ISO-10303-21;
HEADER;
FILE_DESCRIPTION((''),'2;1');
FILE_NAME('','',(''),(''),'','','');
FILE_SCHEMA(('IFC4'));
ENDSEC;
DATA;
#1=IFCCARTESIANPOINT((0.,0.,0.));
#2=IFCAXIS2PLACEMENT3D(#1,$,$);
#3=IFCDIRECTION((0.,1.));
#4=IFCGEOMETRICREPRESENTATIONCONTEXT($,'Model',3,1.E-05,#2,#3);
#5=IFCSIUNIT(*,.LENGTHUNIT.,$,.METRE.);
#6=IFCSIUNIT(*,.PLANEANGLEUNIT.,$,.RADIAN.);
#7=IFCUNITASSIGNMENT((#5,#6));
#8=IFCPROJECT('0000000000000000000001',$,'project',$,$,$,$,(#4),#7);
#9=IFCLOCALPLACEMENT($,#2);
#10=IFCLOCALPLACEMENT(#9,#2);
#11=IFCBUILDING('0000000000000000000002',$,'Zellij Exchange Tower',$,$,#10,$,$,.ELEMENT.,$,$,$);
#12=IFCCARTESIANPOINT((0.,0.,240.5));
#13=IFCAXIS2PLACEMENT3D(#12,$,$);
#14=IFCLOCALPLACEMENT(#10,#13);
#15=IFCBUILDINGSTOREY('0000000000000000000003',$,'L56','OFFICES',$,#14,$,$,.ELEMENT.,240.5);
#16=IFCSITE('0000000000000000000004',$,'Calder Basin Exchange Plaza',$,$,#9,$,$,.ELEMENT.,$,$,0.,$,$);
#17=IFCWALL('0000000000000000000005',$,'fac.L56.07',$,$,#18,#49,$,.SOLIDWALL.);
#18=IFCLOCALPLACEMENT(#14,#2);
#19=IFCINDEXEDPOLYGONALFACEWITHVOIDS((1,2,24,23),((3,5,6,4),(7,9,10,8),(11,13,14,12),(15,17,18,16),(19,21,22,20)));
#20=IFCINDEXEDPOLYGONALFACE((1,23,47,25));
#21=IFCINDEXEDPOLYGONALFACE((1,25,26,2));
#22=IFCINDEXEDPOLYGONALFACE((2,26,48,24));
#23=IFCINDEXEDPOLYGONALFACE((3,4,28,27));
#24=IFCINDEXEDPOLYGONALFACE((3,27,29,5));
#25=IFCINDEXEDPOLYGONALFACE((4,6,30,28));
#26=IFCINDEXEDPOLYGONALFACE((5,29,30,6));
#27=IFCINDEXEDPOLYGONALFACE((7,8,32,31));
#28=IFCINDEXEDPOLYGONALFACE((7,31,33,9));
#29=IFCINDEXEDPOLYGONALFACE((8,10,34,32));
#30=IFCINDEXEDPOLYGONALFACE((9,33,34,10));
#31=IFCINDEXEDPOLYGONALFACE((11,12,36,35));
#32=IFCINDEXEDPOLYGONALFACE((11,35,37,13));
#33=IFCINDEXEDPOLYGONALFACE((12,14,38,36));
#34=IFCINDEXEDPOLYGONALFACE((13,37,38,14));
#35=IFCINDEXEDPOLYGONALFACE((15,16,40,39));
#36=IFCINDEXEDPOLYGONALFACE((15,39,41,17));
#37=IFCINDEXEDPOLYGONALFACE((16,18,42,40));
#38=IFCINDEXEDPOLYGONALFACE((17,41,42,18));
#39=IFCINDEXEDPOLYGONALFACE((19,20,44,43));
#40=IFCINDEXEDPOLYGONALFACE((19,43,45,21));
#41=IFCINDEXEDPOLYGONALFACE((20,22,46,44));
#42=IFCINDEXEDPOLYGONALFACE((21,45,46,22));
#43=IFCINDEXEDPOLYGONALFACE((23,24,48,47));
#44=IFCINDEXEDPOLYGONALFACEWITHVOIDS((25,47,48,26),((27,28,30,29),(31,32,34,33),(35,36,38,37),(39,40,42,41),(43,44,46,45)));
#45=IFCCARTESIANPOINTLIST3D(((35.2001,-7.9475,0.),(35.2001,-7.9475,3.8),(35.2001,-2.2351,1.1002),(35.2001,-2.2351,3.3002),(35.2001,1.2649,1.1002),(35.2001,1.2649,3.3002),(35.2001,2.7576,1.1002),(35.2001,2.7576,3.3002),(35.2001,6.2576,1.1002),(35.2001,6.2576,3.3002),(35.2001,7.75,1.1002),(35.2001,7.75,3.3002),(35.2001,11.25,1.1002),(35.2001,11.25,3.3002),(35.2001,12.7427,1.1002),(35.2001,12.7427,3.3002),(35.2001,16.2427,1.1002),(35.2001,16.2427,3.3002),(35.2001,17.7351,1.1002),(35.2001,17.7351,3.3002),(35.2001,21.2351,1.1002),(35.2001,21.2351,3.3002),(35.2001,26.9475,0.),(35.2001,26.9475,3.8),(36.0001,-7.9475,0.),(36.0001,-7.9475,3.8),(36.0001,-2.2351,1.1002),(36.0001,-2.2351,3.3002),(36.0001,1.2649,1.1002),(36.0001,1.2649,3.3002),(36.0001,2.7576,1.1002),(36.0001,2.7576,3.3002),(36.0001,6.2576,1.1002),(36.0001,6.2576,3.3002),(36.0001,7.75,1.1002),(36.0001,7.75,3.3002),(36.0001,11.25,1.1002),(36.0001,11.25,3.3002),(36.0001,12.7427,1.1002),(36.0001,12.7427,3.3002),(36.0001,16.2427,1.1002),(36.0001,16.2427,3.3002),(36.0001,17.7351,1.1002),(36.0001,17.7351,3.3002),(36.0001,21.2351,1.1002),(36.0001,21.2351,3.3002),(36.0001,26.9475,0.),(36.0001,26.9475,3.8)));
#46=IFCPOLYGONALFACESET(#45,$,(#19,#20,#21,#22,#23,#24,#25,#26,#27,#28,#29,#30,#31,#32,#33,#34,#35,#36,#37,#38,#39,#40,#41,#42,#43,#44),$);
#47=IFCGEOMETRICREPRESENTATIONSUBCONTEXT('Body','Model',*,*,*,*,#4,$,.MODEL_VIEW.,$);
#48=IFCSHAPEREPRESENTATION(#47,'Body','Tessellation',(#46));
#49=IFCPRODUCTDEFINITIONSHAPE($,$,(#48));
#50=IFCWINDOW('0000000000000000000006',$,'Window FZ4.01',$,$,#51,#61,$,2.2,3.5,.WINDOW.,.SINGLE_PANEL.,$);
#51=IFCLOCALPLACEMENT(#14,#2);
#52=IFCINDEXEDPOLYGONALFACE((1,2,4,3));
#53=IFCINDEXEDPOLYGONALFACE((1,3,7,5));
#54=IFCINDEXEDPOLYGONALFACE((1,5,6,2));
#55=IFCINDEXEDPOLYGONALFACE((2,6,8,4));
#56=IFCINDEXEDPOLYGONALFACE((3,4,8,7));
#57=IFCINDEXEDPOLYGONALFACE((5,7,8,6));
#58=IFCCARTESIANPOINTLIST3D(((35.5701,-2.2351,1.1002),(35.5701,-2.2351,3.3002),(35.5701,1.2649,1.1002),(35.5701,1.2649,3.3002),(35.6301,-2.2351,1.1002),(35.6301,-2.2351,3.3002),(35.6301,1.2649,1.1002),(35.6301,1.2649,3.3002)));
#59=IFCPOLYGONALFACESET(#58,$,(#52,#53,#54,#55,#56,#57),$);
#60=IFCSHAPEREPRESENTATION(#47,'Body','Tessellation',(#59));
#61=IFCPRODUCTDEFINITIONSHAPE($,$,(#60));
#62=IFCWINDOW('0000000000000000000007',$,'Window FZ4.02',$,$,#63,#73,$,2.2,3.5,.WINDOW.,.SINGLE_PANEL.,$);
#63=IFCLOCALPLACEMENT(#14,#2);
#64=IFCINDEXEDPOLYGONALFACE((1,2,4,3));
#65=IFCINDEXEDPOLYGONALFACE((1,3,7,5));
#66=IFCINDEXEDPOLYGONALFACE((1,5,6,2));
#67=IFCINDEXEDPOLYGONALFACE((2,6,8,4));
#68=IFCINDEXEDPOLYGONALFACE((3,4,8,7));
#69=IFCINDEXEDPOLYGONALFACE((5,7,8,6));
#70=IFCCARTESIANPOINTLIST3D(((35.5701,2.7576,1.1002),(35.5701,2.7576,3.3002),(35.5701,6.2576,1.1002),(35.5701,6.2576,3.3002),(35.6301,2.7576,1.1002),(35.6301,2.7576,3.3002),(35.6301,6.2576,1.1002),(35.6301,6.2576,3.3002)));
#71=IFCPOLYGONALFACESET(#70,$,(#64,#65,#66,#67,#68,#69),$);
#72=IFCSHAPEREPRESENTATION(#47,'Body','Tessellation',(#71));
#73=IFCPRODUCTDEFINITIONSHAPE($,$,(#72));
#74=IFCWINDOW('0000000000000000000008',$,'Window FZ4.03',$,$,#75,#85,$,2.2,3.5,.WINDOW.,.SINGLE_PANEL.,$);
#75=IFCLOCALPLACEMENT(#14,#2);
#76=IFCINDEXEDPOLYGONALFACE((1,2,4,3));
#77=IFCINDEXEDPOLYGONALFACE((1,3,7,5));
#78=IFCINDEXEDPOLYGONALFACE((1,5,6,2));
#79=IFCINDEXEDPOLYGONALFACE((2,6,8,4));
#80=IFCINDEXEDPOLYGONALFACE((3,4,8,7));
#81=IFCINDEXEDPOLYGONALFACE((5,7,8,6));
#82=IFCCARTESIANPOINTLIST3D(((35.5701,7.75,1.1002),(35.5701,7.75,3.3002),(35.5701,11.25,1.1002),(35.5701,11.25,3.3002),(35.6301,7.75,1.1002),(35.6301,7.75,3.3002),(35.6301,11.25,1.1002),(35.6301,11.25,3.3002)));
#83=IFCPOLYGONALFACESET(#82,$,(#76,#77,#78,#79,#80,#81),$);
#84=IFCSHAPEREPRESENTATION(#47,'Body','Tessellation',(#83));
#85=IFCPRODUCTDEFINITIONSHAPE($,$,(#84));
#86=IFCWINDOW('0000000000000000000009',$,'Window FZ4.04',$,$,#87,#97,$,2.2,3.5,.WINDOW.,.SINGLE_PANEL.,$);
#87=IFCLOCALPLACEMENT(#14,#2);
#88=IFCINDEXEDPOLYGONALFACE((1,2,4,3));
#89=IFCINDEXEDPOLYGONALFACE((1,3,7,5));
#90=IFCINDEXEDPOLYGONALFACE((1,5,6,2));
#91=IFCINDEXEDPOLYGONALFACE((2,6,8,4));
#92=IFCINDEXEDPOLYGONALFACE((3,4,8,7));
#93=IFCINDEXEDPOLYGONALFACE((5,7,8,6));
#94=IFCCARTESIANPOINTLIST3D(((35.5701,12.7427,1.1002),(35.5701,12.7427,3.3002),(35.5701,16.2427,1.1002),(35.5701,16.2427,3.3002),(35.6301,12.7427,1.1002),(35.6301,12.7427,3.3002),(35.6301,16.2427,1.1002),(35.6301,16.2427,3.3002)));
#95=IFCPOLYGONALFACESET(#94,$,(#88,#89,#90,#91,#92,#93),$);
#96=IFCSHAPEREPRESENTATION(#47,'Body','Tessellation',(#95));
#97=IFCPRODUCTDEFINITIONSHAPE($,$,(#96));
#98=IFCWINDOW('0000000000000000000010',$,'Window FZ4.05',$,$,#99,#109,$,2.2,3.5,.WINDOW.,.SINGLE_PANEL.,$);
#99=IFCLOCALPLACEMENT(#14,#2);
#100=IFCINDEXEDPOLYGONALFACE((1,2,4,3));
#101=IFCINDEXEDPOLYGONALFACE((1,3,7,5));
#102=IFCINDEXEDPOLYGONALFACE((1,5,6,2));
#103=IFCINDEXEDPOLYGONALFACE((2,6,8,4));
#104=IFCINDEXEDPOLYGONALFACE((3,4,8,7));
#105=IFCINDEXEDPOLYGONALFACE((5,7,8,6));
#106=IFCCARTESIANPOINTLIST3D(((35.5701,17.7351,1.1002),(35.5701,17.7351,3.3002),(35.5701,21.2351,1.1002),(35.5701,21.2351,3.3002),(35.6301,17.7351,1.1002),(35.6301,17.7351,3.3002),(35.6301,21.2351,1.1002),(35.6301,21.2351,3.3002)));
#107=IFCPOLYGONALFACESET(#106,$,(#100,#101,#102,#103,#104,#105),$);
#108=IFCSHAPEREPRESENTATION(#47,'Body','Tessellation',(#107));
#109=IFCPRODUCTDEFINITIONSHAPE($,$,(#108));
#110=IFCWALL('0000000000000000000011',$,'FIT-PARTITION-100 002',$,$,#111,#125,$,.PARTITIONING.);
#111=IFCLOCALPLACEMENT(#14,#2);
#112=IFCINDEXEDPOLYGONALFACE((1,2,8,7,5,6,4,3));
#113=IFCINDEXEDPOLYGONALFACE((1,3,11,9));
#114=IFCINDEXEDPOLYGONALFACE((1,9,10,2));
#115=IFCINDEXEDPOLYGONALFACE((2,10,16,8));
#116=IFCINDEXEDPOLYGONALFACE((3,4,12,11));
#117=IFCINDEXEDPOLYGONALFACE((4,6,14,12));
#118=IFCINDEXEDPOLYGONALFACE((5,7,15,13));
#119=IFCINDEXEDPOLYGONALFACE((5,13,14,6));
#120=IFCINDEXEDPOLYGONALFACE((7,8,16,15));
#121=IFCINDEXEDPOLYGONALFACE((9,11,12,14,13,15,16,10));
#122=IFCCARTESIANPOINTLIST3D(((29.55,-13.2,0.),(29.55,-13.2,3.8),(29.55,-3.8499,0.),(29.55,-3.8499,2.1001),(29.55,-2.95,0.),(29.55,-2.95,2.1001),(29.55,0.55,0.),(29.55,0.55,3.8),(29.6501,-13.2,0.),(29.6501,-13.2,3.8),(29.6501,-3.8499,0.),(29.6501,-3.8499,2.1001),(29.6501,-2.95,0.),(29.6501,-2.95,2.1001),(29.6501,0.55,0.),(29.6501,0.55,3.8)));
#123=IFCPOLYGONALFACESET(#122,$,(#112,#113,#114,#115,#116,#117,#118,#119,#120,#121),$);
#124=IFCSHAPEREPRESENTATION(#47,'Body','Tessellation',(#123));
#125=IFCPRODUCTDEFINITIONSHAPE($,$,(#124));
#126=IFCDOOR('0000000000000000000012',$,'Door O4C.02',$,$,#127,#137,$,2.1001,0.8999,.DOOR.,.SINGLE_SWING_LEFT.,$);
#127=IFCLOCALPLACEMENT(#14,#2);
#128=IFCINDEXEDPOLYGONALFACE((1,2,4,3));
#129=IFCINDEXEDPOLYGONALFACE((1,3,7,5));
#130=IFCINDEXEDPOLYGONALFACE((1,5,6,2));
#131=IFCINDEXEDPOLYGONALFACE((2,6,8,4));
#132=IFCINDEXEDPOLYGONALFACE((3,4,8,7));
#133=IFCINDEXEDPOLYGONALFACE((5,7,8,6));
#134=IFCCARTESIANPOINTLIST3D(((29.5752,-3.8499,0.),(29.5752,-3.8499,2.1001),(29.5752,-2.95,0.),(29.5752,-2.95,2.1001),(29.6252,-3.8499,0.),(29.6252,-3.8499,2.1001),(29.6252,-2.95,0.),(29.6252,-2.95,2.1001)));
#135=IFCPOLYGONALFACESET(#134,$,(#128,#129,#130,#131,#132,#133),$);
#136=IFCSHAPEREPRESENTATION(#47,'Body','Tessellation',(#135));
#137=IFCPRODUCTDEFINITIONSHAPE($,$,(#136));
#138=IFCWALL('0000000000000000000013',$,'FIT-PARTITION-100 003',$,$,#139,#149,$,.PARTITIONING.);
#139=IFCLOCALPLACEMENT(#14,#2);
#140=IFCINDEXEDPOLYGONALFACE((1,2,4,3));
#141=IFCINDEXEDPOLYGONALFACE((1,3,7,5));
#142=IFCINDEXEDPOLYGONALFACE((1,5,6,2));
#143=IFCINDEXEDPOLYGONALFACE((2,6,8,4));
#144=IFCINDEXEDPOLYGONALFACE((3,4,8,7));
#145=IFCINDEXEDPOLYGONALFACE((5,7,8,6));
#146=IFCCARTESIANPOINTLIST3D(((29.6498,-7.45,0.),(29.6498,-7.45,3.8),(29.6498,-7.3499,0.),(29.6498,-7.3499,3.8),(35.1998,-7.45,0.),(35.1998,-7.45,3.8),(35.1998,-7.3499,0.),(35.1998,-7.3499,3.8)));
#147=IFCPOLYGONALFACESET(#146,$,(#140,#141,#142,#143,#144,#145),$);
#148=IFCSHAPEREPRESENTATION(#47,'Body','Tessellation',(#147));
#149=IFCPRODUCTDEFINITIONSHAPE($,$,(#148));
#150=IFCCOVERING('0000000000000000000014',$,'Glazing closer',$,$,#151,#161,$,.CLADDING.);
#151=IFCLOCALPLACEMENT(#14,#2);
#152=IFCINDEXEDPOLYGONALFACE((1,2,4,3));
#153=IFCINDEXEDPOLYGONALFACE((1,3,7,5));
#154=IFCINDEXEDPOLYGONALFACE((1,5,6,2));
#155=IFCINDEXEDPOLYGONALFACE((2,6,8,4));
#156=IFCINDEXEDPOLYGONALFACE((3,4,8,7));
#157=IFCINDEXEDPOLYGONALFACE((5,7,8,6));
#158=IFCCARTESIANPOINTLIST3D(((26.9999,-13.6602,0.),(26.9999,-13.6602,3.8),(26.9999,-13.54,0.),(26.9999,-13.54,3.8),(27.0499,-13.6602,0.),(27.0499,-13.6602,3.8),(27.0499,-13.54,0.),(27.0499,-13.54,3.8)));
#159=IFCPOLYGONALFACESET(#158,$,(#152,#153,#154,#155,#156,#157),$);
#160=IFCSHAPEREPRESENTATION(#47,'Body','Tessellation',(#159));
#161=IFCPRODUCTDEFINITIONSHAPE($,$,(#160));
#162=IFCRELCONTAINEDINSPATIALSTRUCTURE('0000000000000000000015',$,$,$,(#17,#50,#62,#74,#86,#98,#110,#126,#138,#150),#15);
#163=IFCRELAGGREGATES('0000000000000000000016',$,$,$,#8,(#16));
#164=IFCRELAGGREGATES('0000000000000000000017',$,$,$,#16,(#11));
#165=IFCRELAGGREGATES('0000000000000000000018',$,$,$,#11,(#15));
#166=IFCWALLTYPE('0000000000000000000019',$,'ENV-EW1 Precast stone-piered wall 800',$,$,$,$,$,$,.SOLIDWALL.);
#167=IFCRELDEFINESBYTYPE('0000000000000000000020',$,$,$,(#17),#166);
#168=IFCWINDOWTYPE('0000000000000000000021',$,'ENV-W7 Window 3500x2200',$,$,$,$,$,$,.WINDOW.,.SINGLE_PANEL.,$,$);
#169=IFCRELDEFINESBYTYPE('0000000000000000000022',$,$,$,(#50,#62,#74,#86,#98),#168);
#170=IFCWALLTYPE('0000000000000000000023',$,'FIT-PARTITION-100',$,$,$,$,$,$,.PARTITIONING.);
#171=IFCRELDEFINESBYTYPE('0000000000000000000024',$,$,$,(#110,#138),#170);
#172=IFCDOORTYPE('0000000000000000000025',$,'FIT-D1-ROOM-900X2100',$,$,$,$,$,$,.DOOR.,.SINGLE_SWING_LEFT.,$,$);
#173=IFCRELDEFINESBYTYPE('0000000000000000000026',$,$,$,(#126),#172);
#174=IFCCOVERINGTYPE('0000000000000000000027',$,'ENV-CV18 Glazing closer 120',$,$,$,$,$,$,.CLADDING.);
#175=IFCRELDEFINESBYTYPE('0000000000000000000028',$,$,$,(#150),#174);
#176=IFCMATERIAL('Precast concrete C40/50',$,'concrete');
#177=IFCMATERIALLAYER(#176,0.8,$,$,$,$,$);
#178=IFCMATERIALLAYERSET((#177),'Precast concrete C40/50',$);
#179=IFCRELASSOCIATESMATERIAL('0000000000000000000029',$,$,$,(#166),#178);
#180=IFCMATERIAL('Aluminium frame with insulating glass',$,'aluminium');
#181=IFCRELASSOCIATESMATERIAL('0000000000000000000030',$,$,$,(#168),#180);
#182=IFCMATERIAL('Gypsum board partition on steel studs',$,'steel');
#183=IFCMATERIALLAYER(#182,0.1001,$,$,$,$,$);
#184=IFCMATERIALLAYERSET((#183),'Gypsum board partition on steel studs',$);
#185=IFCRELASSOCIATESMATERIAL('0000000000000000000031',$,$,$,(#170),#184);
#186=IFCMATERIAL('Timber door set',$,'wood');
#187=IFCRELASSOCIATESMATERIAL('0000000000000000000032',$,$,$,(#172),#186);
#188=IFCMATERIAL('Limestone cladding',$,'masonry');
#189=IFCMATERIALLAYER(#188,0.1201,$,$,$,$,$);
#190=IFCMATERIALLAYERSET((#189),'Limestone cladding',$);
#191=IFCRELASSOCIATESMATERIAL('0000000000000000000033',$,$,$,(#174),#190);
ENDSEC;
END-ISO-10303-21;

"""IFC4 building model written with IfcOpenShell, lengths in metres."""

from ifc_helpers import new_model, si_unit, direction, frame, frame_2d, origin, origin_2d, place, context, subcontext, project, spatial, rectangle, extrude, material, layer, layer_set, type_object, element, fill, save


model = new_model("IFC4")

# Units and contexts
model_context = context("Model", 3, precision=1e-05, world=origin(), true_north=direction((0.0, 1.0)))
body_context = subcontext(model_context, "Body", "Model", "MODEL_VIEW")
ifc_project = project(units=[si_unit("LENGTHUNIT", "METRE"), si_unit("PLANEANGLEUNIT", "RADIAN")], contexts=[model_context])

# Site, building, storey
site_placement = place(None, origin())
site = spatial("IfcSite", under=ifc_project, at=site_placement, Name="Calder Basin Exchange Plaza", CompositionType="ELEMENT", RefElevation=0.0)
building_placement = place(site_placement, origin())
building = spatial("IfcBuilding", under=site, at=building_placement, Name="Zellij Exchange Tower", CompositionType="ELEMENT")
storey_placement = place(building_placement, frame((0.0, 0.0, 240.5)))
storey = spatial("IfcBuildingStorey", under=building, at=storey_placement, Name="L56", Description="OFFICES", CompositionType="ELEMENT", Elevation=240.5)

# Shared definitions
ifc_material_1 = material(Name="Precast concrete C40/50", Category="concrete")
ifc_layer_1 = layer(ifc_material_1, 0.8)
ifc_layer_set_1 = layer_set([ifc_layer_1], Name="Precast concrete C40/50")
wall_type_1 = type_object("IfcWallType", Name="ENV-EW1 Precast stone-piered wall 800", PredefinedType="SOLIDWALL", material=ifc_layer_set_1)

# Wall, openings, windows
wall_1_placement = place(storey_placement, frame((35.6001, -7.9475, 0.0), z_axis=(0.0, 0.0, 1.0), x_axis=(0.0, 1.0, 0.0)))
wall_1 = element("IfcWall", 1, at=wall_1_placement, inside=storey, type_object=wall_type_1, Name="fac.L56.07", PredefinedType="SOLIDWALL", context=body_context, shape_type="SweptSolid", body=[
    extrude(rectangle(XDim=34.895, YDim=0.8, at=frame_2d((17.4475, 0.0))), origin(), (0.0, 0.0, 1.0), 3.8),
])
opening_1_placement = place(wall_1_placement, frame((5.7124, 0.0, 1.1001)))
opening_1 = element("IfcOpeningElement", 2, at=opening_1_placement, cuts=wall_1, PredefinedType="OPENING", context=body_context, shape_type="SweptSolid", body=[
    extrude(rectangle(XDim=3.5, YDim=2.2, at=frame_2d((1.75, 1.1001))), frame((0.0, 0.4121, 0.0), z_axis=(0.0, -1.0, 0.0), x_axis=(1.0, 0.0, 0.0)), (0.0, 0.0, 1.0), 0.824),
])
opening_2_placement = place(wall_1_placement, frame((10.7051, 0.0, 1.1001)))
opening_2 = element("IfcOpeningElement", 3, at=opening_2_placement, cuts=wall_1, PredefinedType="OPENING", context=body_context, shape_type="SweptSolid", body=[
    extrude(rectangle(XDim=3.5, YDim=2.2, at=frame_2d((1.75, 1.1001))), frame((0.0, 0.4121, 0.0), z_axis=(0.0, -1.0, 0.0), x_axis=(1.0, 0.0, 0.0)), (0.0, 0.0, 1.0), 0.824),
])
opening_3_placement = place(wall_1_placement, frame((15.6975, 0.0, 1.1001)))
opening_3 = element("IfcOpeningElement", 4, at=opening_3_placement, cuts=wall_1, PredefinedType="OPENING", context=body_context, shape_type="SweptSolid", body=[
    extrude(rectangle(XDim=3.5, YDim=2.2, at=frame_2d((1.75, 1.1001))), frame((0.0, 0.4121, 0.0), z_axis=(0.0, -1.0, 0.0), x_axis=(1.0, 0.0, 0.0)), (0.0, 0.0, 1.0), 0.824),
])
opening_4_placement = place(wall_1_placement, frame((20.6902, 0.0, 1.1001)))
opening_4 = element("IfcOpeningElement", 5, at=opening_4_placement, cuts=wall_1, PredefinedType="OPENING", context=body_context, shape_type="SweptSolid", body=[
    extrude(rectangle(XDim=3.5, YDim=2.2, at=frame_2d((1.75, 1.1001))), frame((0.0, 0.4121, 0.0), z_axis=(0.0, -1.0, 0.0), x_axis=(1.0, 0.0, 0.0)), (0.0, 0.0, 1.0), 0.824),
])
opening_5_placement = place(wall_1_placement, frame((25.6826, 0.0, 1.1001)))
opening_5 = element("IfcOpeningElement", 6, at=opening_5_placement, cuts=wall_1, PredefinedType="OPENING", context=body_context, shape_type="SweptSolid", body=[
    extrude(rectangle(XDim=3.5, YDim=2.2, at=frame_2d((1.75, 1.1001))), frame((0.0, 0.4121, 0.0), z_axis=(0.0, -1.0, 0.0), x_axis=(1.0, 0.0, 0.0)), (0.0, 0.0, 1.0), 0.824),
])
ifc_material_2 = material(Name="Aluminium frame with insulating glass", Category="aluminium")
window_type = type_object("IfcWindowType", Name="ENV-W7 Window 3500x2200", PartitioningType="SINGLE_PANEL", PredefinedType="WINDOW", material=ifc_material_2)
window_1_placement = place(opening_1_placement, origin())
window_1 = element("IfcWindow", 7, at=window_1_placement, inside=storey, type_object=window_type, Name="Window FZ4.01", OverallHeight=2.2, OverallWidth=3.5, PartitioningType="SINGLE_PANEL", PredefinedType="WINDOW", context=body_context, shape_type="SweptSolid", body=[
    extrude(rectangle(XDim=3.5, YDim=2.2, at=frame_2d((1.75, 1.1001))), frame((0.0, 0.03, 0.0), z_axis=(0.0, -1.0, 0.0), x_axis=(1.0, 0.0, 0.0)), (0.0, 0.0, 1.0), 0.0601),
])
fill(opening_1, window_1)
window_2_placement = place(opening_2_placement, origin())
window_2 = element("IfcWindow", 8, at=window_2_placement, inside=storey, type_object=window_type, Name="Window FZ4.02", OverallHeight=2.2, OverallWidth=3.5, PartitioningType="SINGLE_PANEL", PredefinedType="WINDOW", context=body_context, shape_type="SweptSolid", body=[
    extrude(rectangle(XDim=3.5, YDim=2.2, at=frame_2d((1.75, 1.1001))), frame((0.0, 0.03, 0.0), z_axis=(0.0, -1.0, 0.0), x_axis=(1.0, 0.0, 0.0)), (0.0, 0.0, 1.0), 0.0601),
])
fill(opening_2, window_2)
window_3_placement = place(opening_3_placement, origin())
window_3 = element("IfcWindow", 9, at=window_3_placement, inside=storey, type_object=window_type, Name="Window FZ4.03", OverallHeight=2.2, OverallWidth=3.5, PartitioningType="SINGLE_PANEL", PredefinedType="WINDOW", context=body_context, shape_type="SweptSolid", body=[
    extrude(rectangle(XDim=3.5, YDim=2.2, at=frame_2d((1.75, 1.1001))), frame((0.0, 0.03, 0.0), z_axis=(0.0, -1.0, 0.0), x_axis=(1.0, 0.0, 0.0)), (0.0, 0.0, 1.0), 0.0601),
])
fill(opening_3, window_3)
window_4_placement = place(opening_4_placement, origin())
window_4 = element("IfcWindow", 10, at=window_4_placement, inside=storey, type_object=window_type, Name="Window FZ4.04", OverallHeight=2.2, OverallWidth=3.5, PartitioningType="SINGLE_PANEL", PredefinedType="WINDOW", context=body_context, shape_type="SweptSolid", body=[
    extrude(rectangle(XDim=3.5, YDim=2.2, at=frame_2d((1.75, 1.1001))), frame((0.0, 0.03, 0.0), z_axis=(0.0, -1.0, 0.0), x_axis=(1.0, 0.0, 0.0)), (0.0, 0.0, 1.0), 0.0601),
])
fill(opening_4, window_4)
window_5_placement = place(opening_5_placement, origin())
window_5 = element("IfcWindow", 11, at=window_5_placement, inside=storey, type_object=window_type, Name="Window FZ4.05", OverallHeight=2.2, OverallWidth=3.5, PartitioningType="SINGLE_PANEL", PredefinedType="WINDOW", context=body_context, shape_type="SweptSolid", body=[
    extrude(rectangle(XDim=3.5, YDim=2.2, at=frame_2d((1.75, 1.1001))), frame((0.0, 0.03, 0.0), z_axis=(0.0, -1.0, 0.0), x_axis=(1.0, 0.0, 0.0)), (0.0, 0.0, 1.0), 0.0601),
])
fill(opening_5, window_5)

# Wall, opening, door
ifc_material_3 = material(Name="Gypsum board partition on steel studs", Category="steel")
ifc_layer_2 = layer(ifc_material_3, 0.1001)
ifc_layer_set_2 = layer_set([ifc_layer_2], Name="Gypsum board partition on steel studs")
wall_type_2 = type_object("IfcWallType", Name="FIT-PARTITION-100", PredefinedType="PARTITIONING", material=ifc_layer_set_2)
wall_2_placement = place(storey_placement, frame((29.6001, -13.2, 0.0), z_axis=(0.0, 0.0, 1.0), x_axis=(0.0, 1.0, 0.0)))
wall_2 = element("IfcWall", 12, at=wall_2_placement, inside=storey, type_object=wall_type_2, Name="FIT-PARTITION-100 002", PredefinedType="PARTITIONING", context=body_context, shape_type="SweptSolid", body=[
    extrude(rectangle(XDim=13.75, YDim=0.1001, at=frame_2d((6.875, 0.0))), origin(), (0.0, 0.0, 1.0), 3.8),
])
opening_6_placement = place(wall_2_placement, frame((9.3501, 0.0, 0.0)))
opening_6 = element("IfcOpeningElement", 13, at=opening_6_placement, cuts=wall_2, PredefinedType="OPENING", context=body_context, shape_type="SweptSolid", body=[
    extrude(rectangle(XDim=0.8999, YDim=2.1001, at=frame_2d((0.45, 1.05))), frame((0.0, 0.062, 0.0), z_axis=(0.0, -1.0, 0.0), x_axis=(1.0, 0.0, 0.0)), (0.0, 0.0, 1.0), 0.124),
])
ifc_material_4 = material(Name="Timber door set", Category="wood")
door_type_1 = type_object("IfcDoorType", Name="FIT-D1-ROOM-900X2100", OperationType="SINGLE_SWING_LEFT", PredefinedType="DOOR", material=ifc_material_4)
door_1_placement = place(opening_6_placement, origin())
door_1 = element("IfcDoor", 14, at=door_1_placement, inside=storey, type_object=door_type_1, Name="Door O4C.02", OperationType="SINGLE_SWING_LEFT", OverallHeight=2.1001, OverallWidth=0.8999, PredefinedType="DOOR", context=body_context, shape_type="SweptSolid", body=[
    extrude(rectangle(XDim=0.8999, YDim=2.1001, at=frame_2d((0.45, 1.05))), frame((0.0, 0.0249, 0.0), z_axis=(0.0, -1.0, 0.0), x_axis=(1.0, 0.0, 0.0)), (0.0, 0.0, 1.0), 0.05),
])
fill(opening_6, door_1)

# Wall
wall_3_placement = place(storey_placement, frame((29.6499, -7.3999, 0.0), z_axis=(0.0, 0.0, 1.0), x_axis=(1.0, 0.0, 0.0)))
element("IfcWall", 15, at=wall_3_placement, inside=storey, type_object=wall_type_2, Name="FIT-PARTITION-100 003", PredefinedType="PARTITIONING", context=body_context, shape_type="SweptSolid", body=[
    extrude(rectangle(XDim=5.55, YDim=0.1001, at=frame_2d((2.7749, 0.0))), origin(), (0.0, 0.0, 1.0), 3.8),
])

# Covering
ifc_material_5 = material(Name="Limestone cladding", Category="masonry")
ifc_layer_3 = layer(ifc_material_5, 0.1201)
ifc_layer_set_3 = layer_set([ifc_layer_3], Name="Limestone cladding")
covering_type = type_object("IfcCoveringType", Name="ENV-CV18 Glazing closer 120", PredefinedType="CLADDING", material=ifc_layer_set_3)
covering_placement = place(storey_placement, frame((27.0249, -13.6001, 0.0), z_axis=(0.0, 0.0, 1.0), x_axis=(-1.0, 0.0, 0.0)))
element("IfcCovering", 16, at=covering_placement, inside=storey, type_object=covering_type, Name="Glazing closer", PredefinedType="CLADDING", context=body_context, shape_type="SweptSolid", body=[
    extrude(rectangle(XDim=0.05, YDim=0.1201, at=origin_2d()), origin(), (0.0, 0.0, 1.0), 3.8),
])

save(model, "model.ifc")
